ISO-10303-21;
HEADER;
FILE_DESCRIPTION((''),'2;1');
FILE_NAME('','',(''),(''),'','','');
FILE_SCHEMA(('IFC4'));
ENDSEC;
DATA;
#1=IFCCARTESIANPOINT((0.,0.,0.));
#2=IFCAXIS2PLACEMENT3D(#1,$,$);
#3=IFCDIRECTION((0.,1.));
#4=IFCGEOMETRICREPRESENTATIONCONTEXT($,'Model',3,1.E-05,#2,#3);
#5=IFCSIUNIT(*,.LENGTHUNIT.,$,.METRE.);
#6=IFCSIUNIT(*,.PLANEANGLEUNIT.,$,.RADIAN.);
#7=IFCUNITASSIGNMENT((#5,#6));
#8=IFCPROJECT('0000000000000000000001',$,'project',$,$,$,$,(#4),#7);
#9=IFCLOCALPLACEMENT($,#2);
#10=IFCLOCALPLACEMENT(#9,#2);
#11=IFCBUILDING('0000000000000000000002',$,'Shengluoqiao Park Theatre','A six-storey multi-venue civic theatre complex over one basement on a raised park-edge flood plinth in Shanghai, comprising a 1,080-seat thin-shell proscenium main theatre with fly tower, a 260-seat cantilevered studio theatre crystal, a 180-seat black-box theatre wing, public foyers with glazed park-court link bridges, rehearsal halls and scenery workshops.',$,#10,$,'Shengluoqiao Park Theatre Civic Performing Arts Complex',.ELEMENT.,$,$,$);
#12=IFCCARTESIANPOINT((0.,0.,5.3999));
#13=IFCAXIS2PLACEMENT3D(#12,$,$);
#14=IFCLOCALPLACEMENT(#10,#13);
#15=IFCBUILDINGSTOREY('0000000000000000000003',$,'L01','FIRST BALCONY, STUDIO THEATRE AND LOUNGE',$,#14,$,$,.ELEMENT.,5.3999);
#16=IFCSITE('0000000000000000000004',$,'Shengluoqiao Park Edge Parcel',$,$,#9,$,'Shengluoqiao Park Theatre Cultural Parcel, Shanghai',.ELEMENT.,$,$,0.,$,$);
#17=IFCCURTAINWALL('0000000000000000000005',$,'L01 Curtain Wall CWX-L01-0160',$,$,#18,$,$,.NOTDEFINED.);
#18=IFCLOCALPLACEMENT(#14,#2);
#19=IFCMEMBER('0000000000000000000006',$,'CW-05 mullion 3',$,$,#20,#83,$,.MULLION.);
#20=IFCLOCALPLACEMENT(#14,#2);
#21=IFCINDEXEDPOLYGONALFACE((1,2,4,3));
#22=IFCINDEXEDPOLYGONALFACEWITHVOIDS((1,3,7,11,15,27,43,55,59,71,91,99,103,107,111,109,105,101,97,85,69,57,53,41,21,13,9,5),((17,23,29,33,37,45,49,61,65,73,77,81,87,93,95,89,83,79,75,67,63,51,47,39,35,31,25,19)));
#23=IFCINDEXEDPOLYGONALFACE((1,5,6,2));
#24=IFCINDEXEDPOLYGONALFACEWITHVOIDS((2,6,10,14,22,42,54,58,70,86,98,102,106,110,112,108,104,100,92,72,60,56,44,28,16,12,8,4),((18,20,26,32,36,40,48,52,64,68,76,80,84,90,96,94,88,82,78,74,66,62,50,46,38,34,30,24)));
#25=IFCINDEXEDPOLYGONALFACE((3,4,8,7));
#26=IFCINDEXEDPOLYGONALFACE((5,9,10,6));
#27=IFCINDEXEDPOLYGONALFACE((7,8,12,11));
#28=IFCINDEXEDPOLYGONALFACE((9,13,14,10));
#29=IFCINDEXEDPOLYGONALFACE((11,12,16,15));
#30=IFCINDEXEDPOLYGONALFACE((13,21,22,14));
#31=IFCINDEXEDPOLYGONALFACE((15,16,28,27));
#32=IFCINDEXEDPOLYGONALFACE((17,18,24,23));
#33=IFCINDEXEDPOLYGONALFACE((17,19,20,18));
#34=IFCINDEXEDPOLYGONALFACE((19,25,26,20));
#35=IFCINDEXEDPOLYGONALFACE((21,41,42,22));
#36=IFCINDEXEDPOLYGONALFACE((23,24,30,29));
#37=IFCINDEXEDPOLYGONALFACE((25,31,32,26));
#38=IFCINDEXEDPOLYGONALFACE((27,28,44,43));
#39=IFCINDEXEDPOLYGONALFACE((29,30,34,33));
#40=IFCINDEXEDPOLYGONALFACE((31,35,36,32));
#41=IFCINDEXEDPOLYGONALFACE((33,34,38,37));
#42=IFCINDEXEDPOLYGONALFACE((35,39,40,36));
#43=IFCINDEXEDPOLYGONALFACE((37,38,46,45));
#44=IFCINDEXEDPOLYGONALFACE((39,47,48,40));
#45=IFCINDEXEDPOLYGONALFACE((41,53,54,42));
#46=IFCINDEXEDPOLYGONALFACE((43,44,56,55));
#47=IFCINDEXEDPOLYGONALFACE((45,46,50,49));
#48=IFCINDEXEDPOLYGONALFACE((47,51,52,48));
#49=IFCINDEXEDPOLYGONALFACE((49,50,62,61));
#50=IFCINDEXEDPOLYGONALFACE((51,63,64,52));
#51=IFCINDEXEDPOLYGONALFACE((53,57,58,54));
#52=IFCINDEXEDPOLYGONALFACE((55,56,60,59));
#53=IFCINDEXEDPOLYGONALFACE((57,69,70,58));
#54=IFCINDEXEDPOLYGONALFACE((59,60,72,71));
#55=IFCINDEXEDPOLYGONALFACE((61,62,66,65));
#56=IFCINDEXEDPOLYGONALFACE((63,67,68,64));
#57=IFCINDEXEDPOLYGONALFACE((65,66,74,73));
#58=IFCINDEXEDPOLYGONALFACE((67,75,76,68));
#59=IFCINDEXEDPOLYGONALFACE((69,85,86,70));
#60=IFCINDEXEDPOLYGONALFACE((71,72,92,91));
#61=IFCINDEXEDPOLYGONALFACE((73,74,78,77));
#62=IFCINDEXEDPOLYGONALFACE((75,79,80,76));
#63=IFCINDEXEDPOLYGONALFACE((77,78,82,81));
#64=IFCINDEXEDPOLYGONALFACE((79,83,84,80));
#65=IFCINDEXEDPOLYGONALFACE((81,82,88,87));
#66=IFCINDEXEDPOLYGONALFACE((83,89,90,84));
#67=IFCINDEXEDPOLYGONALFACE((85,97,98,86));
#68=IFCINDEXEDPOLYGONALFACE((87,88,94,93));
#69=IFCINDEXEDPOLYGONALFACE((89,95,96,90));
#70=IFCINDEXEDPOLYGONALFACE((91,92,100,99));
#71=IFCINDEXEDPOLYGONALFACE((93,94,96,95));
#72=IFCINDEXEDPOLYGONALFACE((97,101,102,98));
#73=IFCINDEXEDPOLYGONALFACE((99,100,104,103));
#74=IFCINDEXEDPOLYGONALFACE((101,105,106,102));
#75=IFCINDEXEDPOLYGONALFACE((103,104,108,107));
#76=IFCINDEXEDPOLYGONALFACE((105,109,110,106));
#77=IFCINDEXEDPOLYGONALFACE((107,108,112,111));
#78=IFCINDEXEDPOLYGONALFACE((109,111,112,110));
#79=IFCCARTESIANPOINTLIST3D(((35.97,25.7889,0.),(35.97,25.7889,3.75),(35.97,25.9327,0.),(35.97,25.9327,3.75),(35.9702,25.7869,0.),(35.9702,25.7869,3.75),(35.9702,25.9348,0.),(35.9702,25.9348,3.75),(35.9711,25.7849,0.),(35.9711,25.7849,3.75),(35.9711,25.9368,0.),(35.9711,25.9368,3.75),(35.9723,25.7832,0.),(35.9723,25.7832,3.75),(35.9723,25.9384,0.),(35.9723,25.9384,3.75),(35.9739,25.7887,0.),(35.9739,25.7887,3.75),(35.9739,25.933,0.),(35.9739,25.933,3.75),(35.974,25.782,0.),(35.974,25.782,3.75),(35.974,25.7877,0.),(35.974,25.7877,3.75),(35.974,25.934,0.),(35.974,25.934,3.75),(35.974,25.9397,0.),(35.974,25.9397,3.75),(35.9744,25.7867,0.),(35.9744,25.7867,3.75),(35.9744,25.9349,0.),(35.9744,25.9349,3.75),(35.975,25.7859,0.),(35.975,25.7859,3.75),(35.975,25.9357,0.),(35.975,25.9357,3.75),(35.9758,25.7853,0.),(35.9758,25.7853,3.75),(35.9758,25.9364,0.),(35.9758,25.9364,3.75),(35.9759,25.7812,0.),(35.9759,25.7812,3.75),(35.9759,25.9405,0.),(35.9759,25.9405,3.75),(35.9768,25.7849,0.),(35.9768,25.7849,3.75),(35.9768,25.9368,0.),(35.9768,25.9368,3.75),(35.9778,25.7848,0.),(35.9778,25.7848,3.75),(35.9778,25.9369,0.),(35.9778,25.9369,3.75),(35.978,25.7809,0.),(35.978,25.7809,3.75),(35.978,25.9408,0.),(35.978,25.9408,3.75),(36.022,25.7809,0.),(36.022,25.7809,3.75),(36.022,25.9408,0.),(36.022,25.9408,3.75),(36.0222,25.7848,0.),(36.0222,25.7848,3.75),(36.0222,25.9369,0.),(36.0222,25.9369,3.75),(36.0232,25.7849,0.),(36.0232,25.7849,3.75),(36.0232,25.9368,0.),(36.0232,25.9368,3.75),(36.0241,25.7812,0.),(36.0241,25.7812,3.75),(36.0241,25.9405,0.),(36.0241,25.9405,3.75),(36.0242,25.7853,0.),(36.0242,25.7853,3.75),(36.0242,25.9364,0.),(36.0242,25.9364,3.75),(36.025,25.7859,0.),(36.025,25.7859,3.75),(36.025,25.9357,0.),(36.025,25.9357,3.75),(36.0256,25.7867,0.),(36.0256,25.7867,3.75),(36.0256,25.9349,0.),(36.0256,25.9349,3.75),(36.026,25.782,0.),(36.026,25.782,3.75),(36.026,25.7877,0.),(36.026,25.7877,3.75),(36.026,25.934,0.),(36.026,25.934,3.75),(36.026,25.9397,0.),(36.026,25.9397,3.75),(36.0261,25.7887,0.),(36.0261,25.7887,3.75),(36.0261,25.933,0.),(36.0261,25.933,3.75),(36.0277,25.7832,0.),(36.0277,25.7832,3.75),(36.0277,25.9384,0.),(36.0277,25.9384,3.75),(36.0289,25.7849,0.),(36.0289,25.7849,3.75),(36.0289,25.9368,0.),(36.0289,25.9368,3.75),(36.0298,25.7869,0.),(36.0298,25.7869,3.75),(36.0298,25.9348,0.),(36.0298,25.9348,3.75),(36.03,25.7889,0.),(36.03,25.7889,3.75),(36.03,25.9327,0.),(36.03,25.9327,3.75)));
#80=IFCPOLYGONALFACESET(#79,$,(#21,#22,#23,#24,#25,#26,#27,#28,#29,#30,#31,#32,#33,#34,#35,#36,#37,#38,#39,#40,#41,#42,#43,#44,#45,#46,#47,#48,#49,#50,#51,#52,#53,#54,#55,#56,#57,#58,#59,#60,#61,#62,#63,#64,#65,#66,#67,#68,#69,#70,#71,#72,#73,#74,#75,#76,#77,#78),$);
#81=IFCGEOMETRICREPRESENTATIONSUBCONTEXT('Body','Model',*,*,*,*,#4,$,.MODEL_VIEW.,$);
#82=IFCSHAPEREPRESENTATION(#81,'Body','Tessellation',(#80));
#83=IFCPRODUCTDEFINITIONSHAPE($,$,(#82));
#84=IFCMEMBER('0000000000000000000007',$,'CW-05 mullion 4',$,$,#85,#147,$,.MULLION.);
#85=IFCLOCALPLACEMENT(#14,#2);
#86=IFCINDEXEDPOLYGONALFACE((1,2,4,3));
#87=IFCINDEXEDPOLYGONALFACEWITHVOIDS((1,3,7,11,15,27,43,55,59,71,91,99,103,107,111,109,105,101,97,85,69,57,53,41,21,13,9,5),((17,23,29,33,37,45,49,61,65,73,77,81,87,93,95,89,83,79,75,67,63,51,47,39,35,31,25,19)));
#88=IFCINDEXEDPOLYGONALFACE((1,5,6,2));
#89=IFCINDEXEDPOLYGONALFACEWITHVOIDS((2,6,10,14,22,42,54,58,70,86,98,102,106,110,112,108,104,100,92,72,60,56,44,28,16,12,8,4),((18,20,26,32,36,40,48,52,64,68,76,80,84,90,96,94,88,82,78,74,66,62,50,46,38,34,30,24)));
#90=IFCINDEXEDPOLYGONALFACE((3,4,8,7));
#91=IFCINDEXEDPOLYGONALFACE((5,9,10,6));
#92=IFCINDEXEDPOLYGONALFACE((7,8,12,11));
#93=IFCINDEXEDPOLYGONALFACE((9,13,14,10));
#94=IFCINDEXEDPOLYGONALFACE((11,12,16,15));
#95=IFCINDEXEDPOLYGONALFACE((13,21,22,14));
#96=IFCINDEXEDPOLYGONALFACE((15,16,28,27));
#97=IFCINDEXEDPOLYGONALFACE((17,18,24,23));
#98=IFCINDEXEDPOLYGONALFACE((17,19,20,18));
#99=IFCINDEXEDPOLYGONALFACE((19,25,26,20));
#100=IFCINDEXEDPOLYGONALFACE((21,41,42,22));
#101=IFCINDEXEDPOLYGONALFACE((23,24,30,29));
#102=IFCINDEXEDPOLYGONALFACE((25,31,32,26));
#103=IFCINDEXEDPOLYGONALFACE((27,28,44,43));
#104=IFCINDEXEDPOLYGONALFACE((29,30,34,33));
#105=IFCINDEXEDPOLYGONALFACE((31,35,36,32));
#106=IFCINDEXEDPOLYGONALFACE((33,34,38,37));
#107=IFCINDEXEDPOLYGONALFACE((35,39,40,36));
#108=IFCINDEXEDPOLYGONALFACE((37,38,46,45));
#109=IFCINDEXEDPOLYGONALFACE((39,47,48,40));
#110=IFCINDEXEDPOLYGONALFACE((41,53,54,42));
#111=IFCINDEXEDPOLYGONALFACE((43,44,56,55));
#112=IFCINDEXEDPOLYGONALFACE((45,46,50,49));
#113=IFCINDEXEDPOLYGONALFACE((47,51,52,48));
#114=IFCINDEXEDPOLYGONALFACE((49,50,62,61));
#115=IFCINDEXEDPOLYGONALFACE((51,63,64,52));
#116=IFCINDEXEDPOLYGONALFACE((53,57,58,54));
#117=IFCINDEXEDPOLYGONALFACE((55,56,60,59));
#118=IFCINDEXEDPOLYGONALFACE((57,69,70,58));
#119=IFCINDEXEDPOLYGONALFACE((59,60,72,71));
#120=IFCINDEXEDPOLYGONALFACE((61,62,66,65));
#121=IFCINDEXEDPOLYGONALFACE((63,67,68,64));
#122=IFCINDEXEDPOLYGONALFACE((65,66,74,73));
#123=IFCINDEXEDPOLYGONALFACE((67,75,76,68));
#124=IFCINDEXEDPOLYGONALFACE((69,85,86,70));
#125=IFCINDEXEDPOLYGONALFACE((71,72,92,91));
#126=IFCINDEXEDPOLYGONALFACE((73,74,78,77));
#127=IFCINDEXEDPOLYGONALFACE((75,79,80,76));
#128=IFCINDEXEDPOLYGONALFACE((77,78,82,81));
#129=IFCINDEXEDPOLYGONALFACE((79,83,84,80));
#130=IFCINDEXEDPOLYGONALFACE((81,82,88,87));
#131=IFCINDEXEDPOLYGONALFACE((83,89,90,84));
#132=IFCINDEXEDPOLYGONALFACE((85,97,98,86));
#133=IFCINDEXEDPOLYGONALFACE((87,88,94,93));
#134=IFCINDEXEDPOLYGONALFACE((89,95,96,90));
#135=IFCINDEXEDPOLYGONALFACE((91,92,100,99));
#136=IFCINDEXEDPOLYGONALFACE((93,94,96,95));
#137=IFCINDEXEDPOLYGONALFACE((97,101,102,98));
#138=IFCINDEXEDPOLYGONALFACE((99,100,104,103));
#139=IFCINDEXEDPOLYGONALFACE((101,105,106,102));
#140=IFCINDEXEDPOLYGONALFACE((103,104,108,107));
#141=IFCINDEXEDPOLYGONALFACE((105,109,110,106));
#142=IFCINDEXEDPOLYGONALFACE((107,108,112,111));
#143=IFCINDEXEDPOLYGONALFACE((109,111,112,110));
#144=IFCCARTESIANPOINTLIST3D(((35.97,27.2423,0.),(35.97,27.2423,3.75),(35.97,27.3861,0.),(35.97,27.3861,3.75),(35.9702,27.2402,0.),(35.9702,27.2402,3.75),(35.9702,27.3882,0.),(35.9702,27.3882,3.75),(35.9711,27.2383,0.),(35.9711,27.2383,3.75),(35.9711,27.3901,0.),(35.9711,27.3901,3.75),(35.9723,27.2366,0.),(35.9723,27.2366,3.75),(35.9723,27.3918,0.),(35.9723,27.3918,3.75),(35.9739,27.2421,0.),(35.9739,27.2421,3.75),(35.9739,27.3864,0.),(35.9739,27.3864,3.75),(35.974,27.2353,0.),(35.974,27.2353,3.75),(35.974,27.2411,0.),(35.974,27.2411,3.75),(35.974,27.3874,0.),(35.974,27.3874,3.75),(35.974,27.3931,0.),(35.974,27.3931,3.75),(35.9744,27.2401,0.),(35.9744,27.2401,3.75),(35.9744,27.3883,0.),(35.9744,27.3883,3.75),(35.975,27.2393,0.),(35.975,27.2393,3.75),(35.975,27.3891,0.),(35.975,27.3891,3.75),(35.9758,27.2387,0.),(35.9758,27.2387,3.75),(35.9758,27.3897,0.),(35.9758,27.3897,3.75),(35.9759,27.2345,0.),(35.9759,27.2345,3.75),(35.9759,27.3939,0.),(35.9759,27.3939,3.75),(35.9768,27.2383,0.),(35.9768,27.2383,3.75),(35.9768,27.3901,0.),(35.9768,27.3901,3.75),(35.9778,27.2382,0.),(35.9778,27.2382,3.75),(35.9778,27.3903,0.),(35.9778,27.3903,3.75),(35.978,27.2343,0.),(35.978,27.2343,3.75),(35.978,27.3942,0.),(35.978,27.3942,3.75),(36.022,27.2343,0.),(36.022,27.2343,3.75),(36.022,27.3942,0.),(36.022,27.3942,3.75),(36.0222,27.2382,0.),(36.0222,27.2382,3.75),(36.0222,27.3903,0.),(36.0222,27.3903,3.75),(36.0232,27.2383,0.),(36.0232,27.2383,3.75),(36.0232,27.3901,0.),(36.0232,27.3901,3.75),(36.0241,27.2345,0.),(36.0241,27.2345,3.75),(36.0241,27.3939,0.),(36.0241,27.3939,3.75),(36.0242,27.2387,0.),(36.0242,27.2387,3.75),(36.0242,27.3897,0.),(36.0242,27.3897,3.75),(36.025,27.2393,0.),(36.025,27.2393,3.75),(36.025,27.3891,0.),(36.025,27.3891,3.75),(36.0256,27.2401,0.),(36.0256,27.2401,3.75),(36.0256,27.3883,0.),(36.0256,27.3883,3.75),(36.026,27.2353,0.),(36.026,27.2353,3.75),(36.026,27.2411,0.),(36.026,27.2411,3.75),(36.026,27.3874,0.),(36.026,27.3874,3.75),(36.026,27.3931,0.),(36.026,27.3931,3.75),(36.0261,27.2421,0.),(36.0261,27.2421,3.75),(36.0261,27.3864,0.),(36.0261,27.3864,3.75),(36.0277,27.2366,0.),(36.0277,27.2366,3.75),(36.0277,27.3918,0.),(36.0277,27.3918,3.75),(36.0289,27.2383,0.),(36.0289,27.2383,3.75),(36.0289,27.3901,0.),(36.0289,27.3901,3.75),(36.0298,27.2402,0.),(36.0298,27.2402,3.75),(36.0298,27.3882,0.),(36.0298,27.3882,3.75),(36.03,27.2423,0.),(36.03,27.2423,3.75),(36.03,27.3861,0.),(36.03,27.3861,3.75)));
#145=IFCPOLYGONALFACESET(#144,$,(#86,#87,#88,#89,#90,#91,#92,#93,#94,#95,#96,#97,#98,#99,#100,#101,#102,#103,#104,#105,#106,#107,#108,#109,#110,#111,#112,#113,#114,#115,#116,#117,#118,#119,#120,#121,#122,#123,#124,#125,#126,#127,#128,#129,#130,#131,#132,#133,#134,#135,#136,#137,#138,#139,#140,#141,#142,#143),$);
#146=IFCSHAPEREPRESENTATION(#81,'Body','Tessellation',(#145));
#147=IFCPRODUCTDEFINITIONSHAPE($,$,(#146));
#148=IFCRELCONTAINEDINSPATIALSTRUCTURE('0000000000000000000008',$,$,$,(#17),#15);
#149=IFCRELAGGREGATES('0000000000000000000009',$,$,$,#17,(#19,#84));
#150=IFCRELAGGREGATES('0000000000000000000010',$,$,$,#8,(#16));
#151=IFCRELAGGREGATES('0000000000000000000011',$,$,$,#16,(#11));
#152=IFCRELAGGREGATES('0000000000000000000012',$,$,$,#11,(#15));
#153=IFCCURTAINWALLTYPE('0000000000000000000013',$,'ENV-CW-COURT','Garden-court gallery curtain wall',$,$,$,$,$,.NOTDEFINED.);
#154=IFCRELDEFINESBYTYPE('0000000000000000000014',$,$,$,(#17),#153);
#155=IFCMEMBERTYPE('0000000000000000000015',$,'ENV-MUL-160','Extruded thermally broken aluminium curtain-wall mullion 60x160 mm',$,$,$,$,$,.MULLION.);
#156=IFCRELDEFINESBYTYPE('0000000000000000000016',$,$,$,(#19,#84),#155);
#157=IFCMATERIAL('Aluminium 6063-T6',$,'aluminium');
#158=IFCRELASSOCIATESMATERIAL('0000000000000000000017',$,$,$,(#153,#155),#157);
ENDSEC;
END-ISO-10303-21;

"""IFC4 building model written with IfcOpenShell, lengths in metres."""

from ifc_helpers import new_model, si_unit, direction, frame, origin, origin_2d, place, context, subcontext, project, spatial, hollow_rectangle, extrude, material, material_profile, profile_set, type_object, element, aggregate, save


model = new_model("IFC4")

# Units and contexts
model_context = context("Model", 3, precision=1e-05, world=origin(), true_north=direction((0.0, 1.0)))
body_context = subcontext(model_context, "Body", "Model", "MODEL_VIEW")
ifc_project = project(units=[si_unit("LENGTHUNIT", "METRE"), si_unit("PLANEANGLEUNIT", "RADIAN")], contexts=[model_context])

# Site, building, storey
site_placement = place(None, origin())
site = spatial("IfcSite", under=ifc_project, at=site_placement, Name="Shengluoqiao Park Edge Parcel", LongName="Shengluoqiao Park Theatre Cultural Parcel, Shanghai", CompositionType="ELEMENT", RefElevation=0.0)
building_placement = place(site_placement, origin())
building = spatial("IfcBuilding", under=site, at=building_placement, Name="Shengluoqiao Park Theatre", Description="A six-storey multi-venue civic theatre complex over one basement on a raised park-edge flood plinth in Shanghai, comprising a 1,080-seat thin-shell proscenium main theatre with fly tower, a 260-seat cantilevered studio theatre crystal, a 180-seat black-box theatre wing, public foyers with glazed park-court link bridges, rehearsal halls and scenery workshops.", LongName="Shengluoqiao Park Theatre Civic Performing Arts Complex", CompositionType="ELEMENT")
storey_placement = place(building_placement, frame((0.0, 0.0, 5.3999)))
storey = spatial("IfcBuildingStorey", under=building, at=storey_placement, Name="L01", Description="FIRST BALCONY, STUDIO THEATRE AND LOUNGE", CompositionType="ELEMENT", Elevation=5.3999)

# Curtain wall, members
ifc_material_1 = material(Name="Aluminium 6063-T6", Category="aluminium")
curtain_wall_type_1 = type_object("IfcCurtainWallType", Name="ENV-CW-COURT", Description="Garden-court gallery curtain wall", PredefinedType="NOTDEFINED", material=ifc_material_1)
curtain_wall_1_placement = place(storey_placement, origin())
curtain_wall_1 = element("IfcCurtainWall", 1, at=curtain_wall_1_placement, inside=storey, type_object=curtain_wall_type_1, Name="L01 Curtain Wall CWX-L01-0160", PredefinedType="NOTDEFINED")
ifc_material_profile_1 = material_profile(ifc_material_1, hollow_rectangle(XDim=0.0601, YDim=0.1599, WallThickness=0.0039, InnerFilletRadius=0.0039, OuterFilletRadius=0.0081, at=origin_2d()), Name="ALU MULLION 160x60x4")
ifc_profile_set_1 = profile_set([ifc_material_profile_1], Name="Aluminium 6063-T6")
member_type_1 = type_object("IfcMemberType", Name="ENV-MUL-160", Description="Extruded thermally broken aluminium curtain-wall mullion 60x160 mm", PredefinedType="MULLION", material=ifc_profile_set_1)
member_1_placement = place(storey_placement, frame((36.0, 25.8608, 0.0), z_axis=(0.0, 0.0, 1.0), x_axis=(-1.0, 0.0, 0.0)))
member_1 = element("IfcMember", 2, at=member_1_placement, type_object=member_type_1, Name="CW-05 mullion 3", PredefinedType="MULLION", context=body_context, shape_type="SweptSolid", body=[
    extrude(hollow_rectangle(XDim=0.0601, YDim=0.1599, WallThickness=0.0039, InnerFilletRadius=0.0039, OuterFilletRadius=0.0081, at=origin_2d()), origin(), (0.0, 0.0, 1.0), 3.75),
])
member_2_placement = place(storey_placement, frame((36.0, 27.3142, 0.0), z_axis=(0.0, 0.0, 1.0), x_axis=(-1.0, 0.0, 0.0)))
member_2 = element("IfcMember", 3, at=member_2_placement, type_object=member_type_1, Name="CW-05 mullion 4", PredefinedType="MULLION", context=body_context, shape_type="SweptSolid", body=[
    extrude(hollow_rectangle(XDim=0.0601, YDim=0.1599, WallThickness=0.0039, InnerFilletRadius=0.0039, OuterFilletRadius=0.0081, at=origin_2d()), origin(), (0.0, 0.0, 1.0), 3.75),
])

aggregate(curtain_wall_1, [member_1, member_2])

save(model, "model.ifc")
